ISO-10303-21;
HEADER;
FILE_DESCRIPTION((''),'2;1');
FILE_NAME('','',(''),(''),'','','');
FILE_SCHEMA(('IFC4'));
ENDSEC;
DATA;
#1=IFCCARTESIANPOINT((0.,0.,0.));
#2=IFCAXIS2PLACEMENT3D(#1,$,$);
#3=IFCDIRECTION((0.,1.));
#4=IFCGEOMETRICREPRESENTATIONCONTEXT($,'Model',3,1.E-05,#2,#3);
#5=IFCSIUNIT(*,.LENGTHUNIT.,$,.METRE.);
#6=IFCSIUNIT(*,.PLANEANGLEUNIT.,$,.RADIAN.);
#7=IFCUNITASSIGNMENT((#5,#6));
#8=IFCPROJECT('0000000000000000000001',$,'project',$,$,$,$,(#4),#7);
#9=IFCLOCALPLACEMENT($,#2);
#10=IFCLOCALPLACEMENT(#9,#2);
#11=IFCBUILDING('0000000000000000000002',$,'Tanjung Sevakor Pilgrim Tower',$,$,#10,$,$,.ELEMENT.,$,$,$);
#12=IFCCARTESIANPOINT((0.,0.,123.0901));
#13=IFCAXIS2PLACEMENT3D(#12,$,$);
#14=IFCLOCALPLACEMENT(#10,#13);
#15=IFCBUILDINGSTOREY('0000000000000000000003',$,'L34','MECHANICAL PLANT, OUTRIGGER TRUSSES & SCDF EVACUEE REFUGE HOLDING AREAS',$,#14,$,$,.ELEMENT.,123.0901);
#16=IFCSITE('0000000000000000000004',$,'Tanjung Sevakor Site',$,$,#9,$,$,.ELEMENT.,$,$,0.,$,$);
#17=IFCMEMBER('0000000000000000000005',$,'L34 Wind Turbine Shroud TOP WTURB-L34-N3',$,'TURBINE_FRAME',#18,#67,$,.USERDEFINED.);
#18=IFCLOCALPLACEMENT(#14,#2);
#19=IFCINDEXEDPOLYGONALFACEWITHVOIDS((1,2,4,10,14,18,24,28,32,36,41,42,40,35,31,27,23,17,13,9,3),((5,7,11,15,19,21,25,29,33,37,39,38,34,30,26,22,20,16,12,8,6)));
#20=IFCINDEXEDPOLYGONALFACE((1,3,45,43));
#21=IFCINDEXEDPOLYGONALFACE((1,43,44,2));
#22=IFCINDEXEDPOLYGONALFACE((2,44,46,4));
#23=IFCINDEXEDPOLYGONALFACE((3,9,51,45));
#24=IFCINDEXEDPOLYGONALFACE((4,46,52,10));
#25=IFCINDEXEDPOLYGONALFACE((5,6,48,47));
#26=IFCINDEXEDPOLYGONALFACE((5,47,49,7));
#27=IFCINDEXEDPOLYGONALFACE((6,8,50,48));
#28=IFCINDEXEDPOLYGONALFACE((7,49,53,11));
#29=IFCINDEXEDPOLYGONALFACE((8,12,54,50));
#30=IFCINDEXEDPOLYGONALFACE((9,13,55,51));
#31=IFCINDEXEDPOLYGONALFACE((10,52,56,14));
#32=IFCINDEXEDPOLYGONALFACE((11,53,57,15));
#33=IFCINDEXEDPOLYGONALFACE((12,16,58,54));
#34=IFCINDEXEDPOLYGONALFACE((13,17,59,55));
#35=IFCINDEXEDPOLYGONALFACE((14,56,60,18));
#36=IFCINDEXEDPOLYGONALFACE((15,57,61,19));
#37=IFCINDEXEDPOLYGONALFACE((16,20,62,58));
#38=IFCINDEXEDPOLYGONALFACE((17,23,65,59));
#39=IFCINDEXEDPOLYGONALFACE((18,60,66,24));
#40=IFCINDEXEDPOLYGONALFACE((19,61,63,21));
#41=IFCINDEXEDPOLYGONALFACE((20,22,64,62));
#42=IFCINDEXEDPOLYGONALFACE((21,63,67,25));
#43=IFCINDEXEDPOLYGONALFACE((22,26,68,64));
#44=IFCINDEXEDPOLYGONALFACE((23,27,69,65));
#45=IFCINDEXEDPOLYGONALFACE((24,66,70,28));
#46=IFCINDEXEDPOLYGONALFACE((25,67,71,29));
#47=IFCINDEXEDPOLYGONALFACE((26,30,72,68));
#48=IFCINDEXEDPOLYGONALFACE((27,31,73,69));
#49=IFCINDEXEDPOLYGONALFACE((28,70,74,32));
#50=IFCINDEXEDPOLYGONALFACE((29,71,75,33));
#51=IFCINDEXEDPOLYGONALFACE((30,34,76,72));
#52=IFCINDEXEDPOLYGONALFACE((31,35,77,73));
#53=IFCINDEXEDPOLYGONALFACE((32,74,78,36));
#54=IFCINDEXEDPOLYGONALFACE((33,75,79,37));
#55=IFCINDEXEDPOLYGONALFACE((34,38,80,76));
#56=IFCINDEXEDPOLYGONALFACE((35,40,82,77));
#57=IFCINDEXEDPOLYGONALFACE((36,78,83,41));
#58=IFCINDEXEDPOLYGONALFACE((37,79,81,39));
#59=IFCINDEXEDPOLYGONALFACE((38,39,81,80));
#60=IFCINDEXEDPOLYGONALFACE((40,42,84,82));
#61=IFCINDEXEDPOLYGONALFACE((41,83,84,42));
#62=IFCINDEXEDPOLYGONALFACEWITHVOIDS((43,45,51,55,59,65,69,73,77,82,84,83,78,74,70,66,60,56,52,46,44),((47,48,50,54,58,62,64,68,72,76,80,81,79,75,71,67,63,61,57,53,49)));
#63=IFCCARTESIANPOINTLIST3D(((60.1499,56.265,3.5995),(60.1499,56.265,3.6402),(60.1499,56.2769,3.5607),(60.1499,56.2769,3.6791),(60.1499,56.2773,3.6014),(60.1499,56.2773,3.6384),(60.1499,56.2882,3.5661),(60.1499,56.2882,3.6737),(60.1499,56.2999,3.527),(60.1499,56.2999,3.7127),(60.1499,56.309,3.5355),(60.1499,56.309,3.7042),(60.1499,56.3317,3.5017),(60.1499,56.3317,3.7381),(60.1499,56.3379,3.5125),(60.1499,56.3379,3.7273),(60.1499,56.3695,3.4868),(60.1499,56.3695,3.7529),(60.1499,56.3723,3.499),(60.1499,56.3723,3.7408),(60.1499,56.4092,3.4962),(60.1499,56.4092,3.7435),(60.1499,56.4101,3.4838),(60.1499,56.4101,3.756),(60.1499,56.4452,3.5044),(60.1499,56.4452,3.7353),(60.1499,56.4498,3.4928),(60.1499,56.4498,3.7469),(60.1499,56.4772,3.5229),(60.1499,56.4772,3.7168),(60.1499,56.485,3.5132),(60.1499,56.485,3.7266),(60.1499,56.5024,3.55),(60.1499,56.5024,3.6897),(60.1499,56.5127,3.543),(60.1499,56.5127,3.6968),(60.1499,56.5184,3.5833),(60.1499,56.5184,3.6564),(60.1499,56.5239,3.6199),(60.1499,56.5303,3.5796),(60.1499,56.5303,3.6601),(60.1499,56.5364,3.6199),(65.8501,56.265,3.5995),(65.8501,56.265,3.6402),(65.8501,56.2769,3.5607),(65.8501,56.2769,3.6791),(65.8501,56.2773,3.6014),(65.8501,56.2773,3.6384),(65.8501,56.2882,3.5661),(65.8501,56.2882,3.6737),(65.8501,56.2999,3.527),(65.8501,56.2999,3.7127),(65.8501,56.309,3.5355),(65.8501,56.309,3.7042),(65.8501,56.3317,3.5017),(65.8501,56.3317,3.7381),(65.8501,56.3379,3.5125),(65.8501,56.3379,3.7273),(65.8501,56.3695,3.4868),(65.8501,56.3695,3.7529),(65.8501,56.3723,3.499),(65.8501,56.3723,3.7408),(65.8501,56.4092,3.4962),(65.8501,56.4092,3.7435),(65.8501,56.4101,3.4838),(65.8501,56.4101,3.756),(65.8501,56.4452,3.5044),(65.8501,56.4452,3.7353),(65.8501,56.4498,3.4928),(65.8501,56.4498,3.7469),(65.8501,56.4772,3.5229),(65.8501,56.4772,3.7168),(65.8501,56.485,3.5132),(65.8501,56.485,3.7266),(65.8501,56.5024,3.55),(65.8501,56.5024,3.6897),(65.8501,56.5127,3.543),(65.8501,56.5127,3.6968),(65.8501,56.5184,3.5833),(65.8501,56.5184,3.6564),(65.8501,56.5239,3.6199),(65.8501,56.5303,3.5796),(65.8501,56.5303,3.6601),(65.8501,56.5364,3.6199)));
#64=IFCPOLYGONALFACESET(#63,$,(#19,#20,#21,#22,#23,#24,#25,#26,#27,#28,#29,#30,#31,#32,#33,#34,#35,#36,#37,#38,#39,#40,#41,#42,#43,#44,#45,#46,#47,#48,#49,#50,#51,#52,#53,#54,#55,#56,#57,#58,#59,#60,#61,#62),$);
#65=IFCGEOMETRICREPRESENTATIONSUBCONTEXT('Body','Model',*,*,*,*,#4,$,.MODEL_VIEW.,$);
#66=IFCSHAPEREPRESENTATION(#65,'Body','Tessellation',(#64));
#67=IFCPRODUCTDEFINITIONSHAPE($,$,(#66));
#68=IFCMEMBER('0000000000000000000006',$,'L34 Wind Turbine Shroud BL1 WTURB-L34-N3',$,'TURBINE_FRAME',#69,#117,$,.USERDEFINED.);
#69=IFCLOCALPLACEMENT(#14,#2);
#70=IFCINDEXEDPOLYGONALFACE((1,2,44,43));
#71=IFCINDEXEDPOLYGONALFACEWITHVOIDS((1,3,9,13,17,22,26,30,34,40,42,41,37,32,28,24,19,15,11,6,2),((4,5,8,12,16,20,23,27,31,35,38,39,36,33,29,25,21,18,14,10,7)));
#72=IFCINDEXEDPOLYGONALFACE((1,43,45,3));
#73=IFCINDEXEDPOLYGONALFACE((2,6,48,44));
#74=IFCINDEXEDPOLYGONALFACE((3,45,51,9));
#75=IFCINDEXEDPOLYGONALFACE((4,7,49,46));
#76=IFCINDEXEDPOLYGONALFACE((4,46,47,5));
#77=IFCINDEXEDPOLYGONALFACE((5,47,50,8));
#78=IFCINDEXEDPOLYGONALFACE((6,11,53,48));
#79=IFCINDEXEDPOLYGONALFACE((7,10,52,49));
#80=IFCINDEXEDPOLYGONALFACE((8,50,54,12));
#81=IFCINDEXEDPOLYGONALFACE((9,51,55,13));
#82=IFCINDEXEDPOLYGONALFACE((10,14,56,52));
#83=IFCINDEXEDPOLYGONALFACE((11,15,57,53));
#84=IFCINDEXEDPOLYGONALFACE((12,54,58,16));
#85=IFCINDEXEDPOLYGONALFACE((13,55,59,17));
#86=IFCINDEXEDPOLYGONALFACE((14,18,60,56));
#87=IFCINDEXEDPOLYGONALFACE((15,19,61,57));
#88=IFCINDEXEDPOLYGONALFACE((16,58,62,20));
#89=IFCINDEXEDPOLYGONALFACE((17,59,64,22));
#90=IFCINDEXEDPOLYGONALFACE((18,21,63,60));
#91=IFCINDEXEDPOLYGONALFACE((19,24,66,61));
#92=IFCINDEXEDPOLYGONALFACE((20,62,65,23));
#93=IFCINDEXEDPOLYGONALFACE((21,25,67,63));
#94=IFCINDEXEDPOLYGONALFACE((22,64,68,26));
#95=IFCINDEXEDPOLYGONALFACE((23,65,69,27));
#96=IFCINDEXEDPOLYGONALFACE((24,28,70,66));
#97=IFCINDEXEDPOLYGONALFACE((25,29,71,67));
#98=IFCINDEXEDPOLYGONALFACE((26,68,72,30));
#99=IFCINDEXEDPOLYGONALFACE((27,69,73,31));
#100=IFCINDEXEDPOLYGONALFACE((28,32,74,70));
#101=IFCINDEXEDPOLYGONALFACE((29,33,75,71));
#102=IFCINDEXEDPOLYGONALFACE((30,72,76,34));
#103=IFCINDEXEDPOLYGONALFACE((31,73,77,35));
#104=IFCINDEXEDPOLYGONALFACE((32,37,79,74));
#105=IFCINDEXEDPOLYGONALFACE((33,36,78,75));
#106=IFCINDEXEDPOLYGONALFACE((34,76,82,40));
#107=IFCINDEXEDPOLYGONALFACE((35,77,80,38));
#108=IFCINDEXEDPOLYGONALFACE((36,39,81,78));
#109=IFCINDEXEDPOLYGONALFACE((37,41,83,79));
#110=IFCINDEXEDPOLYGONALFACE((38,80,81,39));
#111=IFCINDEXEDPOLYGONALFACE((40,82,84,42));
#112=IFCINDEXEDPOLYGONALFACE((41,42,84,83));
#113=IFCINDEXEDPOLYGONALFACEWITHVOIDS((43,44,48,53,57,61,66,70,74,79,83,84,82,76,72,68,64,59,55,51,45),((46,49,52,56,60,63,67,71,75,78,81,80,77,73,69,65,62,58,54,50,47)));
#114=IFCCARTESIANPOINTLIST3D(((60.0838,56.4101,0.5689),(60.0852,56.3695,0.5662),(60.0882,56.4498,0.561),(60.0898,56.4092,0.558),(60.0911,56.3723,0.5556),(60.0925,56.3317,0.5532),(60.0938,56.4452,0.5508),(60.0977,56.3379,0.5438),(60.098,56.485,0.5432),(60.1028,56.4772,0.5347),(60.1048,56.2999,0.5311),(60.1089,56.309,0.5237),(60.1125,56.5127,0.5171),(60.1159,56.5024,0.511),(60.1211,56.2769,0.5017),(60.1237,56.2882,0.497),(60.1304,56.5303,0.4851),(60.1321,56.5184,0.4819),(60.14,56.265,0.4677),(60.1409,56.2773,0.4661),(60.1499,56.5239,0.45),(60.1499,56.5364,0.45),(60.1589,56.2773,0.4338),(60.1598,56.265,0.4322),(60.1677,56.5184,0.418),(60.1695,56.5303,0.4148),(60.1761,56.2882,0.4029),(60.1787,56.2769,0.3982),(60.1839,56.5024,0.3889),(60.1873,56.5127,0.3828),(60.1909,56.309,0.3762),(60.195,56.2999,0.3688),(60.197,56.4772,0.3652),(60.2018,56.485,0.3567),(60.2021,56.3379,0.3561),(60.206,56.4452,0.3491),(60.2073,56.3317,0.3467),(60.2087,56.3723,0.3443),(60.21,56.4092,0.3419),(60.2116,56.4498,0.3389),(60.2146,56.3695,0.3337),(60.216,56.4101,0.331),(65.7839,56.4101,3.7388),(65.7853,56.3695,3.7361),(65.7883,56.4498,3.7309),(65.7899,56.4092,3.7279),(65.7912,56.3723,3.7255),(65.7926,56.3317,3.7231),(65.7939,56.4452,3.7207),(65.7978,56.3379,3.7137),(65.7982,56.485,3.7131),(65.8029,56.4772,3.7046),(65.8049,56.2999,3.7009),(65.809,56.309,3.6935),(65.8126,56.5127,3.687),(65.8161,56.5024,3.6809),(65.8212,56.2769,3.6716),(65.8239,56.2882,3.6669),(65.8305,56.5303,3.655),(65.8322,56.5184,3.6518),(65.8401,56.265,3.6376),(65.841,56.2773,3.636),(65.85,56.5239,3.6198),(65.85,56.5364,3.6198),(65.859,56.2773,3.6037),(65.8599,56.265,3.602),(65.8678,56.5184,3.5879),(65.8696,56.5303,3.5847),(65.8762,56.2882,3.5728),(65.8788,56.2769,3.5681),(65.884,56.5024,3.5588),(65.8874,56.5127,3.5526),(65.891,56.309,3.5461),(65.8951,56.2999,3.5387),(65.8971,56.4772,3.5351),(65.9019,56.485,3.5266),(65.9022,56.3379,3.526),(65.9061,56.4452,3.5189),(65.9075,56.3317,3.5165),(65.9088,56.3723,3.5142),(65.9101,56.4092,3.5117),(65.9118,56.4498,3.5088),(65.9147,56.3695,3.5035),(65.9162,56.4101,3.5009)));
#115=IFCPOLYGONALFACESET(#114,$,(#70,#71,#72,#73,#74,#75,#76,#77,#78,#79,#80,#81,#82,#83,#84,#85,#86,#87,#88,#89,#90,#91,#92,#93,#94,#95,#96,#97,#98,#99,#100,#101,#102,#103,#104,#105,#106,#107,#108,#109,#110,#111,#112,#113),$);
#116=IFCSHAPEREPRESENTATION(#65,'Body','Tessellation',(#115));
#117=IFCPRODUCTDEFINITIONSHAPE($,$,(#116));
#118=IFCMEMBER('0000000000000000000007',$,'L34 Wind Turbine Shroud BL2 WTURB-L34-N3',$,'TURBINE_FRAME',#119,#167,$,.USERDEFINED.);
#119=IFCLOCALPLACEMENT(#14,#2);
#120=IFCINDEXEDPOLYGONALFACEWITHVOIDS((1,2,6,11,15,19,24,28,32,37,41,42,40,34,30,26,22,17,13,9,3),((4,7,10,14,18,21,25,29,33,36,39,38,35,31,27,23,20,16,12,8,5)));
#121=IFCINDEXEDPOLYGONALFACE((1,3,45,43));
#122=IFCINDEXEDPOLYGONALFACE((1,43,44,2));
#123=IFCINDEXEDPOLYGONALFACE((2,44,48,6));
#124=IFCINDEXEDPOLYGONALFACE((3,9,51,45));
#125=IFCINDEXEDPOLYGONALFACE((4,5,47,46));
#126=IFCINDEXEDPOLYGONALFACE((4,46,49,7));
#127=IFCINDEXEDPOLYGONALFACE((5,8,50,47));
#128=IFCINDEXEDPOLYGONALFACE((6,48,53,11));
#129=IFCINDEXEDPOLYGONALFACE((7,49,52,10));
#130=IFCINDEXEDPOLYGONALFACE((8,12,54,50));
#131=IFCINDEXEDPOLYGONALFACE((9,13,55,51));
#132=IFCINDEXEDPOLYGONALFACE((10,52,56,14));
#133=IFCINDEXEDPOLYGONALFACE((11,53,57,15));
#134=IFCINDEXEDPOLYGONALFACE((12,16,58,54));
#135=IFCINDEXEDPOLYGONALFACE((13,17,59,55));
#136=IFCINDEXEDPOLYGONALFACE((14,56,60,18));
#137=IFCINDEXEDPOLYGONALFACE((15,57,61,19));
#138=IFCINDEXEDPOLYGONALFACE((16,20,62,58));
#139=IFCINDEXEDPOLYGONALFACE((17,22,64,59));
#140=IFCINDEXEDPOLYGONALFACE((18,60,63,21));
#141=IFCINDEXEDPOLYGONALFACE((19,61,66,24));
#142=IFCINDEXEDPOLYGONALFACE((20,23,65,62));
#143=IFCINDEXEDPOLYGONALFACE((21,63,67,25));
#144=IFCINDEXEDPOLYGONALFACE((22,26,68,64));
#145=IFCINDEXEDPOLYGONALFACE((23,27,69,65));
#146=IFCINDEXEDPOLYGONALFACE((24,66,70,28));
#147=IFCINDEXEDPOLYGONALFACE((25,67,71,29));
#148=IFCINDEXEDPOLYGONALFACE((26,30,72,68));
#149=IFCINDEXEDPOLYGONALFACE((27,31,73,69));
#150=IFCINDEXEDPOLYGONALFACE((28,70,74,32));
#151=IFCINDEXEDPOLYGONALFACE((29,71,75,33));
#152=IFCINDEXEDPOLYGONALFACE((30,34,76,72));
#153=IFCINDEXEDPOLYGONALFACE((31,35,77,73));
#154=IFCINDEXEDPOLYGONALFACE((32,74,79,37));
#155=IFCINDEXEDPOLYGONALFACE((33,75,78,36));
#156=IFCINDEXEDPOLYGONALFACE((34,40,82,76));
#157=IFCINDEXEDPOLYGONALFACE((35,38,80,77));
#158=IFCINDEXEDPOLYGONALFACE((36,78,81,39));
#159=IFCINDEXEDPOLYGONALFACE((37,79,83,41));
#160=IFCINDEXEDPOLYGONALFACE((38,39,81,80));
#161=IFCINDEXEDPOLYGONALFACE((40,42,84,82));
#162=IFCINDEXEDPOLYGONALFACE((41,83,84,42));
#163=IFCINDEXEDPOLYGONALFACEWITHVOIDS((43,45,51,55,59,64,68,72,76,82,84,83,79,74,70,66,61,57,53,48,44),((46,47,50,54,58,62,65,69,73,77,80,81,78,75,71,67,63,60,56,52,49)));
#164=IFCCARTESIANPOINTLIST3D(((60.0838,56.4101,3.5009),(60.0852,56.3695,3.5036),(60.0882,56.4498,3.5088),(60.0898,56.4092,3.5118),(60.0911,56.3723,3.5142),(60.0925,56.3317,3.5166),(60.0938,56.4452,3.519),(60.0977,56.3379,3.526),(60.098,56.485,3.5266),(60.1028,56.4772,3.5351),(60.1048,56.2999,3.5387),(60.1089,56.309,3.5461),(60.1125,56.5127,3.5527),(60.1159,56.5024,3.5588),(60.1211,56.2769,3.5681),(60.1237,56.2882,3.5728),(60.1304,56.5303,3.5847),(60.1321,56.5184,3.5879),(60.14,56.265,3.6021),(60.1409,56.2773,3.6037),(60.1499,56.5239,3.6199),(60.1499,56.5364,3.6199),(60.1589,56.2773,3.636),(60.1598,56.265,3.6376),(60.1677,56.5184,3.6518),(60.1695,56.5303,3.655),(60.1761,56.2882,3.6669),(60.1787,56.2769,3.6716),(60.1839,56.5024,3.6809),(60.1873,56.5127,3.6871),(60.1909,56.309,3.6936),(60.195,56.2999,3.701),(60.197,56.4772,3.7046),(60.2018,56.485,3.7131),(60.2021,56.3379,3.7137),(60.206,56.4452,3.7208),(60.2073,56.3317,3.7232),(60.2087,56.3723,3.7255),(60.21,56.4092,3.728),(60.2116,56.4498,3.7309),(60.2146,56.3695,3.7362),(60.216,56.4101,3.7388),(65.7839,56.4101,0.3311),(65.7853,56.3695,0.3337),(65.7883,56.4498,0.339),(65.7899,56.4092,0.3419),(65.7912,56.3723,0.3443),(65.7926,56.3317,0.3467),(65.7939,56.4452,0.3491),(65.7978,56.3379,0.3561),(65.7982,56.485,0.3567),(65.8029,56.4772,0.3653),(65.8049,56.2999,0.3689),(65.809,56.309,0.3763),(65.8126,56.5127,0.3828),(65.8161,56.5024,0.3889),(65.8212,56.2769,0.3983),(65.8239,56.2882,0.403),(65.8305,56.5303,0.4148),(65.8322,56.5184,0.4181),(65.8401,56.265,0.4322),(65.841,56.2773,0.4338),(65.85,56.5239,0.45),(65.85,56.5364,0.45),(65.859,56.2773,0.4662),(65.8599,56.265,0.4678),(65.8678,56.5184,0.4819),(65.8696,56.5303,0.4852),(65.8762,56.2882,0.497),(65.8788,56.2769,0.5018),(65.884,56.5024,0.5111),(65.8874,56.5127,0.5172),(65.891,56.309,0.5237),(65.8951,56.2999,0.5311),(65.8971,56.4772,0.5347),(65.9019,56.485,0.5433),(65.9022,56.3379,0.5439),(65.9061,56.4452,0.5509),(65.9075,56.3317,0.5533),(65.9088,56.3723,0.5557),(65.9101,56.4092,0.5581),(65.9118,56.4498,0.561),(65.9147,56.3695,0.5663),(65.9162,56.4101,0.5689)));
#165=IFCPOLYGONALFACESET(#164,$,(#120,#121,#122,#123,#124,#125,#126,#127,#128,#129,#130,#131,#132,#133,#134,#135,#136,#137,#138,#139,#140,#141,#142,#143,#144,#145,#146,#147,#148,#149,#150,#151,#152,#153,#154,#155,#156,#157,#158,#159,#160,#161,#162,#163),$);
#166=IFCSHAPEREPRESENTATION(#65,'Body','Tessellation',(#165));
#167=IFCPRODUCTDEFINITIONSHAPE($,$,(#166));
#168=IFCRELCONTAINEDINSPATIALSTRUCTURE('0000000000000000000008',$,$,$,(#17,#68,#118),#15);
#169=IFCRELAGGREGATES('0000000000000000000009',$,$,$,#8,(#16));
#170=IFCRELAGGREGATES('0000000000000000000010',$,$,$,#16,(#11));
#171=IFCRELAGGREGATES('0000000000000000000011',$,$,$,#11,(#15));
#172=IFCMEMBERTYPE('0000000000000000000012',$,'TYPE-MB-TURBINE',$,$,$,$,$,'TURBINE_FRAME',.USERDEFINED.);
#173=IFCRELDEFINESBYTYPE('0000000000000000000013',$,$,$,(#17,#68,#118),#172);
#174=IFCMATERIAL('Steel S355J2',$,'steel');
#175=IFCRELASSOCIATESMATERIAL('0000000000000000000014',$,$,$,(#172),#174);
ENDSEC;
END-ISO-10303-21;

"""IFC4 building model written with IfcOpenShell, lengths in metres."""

from ifc_helpers import new_model, si_unit, direction, frame, origin, origin_2d, place, context, subcontext, project, spatial, hollow_circle, extrude, material, material_profile, profile_set, type_object, element, save


model = new_model("IFC4")

# Units and contexts
model_context = context("Model", 3, precision=1e-05, world=origin(), true_north=direction((0.0, 1.0)))
body_context = subcontext(model_context, "Body", "Model", "MODEL_VIEW")
ifc_project = project(units=[si_unit("LENGTHUNIT", "METRE"), si_unit("PLANEANGLEUNIT", "RADIAN")], contexts=[model_context])

# Site, building, storey
site_placement = place(None, origin())
site = spatial("IfcSite", under=ifc_project, at=site_placement, Name="Tanjung Sevakor Site", CompositionType="ELEMENT", RefElevation=0.0)
building_placement = place(site_placement, origin())
building = spatial("IfcBuilding", under=site, at=building_placement, Name="Tanjung Sevakor Pilgrim Tower", CompositionType="ELEMENT")
storey_placement = place(building_placement, frame((0.0, 0.0, 123.0901)))
storey = spatial("IfcBuildingStorey", under=building, at=storey_placement, Name="L34", Description="MECHANICAL PLANT, OUTRIGGER TRUSSES & SCDF EVACUEE REFUGE HOLDING AREAS", CompositionType="ELEMENT", Elevation=123.0901)

# Members
ifc_material_1 = material(Name="Steel S355J2", Category="steel")
ifc_material_profile_1 = material_profile(ifc_material_1, hollow_circle(Radius=0.1365, WallThickness=0.0125, at=origin_2d()))
ifc_profile_set_1 = profile_set([ifc_material_profile_1], Name="Steel S355J2")
member_type_1 = type_object("IfcMemberType", Name="TYPE-MB-TURBINE", ElementType="TURBINE_FRAME", PredefinedType="USERDEFINED", material=ifc_profile_set_1)
for number, where, z_axis, x_axis, name in (
    (1, (60.1499, 56.3999, 3.6199), (1.0, 0.0, 0.0), (0.0, 1.0, 0.0), "L34 Wind Turbine Shroud TOP WTURB-L34-N3"),
):
    element("IfcMember", number, at=place(storey_placement, frame(where, z_axis=z_axis, x_axis=x_axis)), inside=storey, type_object=member_type_1, Name=name, ObjectType="TURBINE_FRAME", PredefinedType="USERDEFINED", context=body_context, shape_type="SweptSolid", body=[
        extrude(hollow_circle(Radius=0.1365, WallThickness=0.0125, at=origin_2d()), origin(), (0.0, 0.0, 1.0), 5.7002),
    ])
for number, where, z_axis, x_axis, name in (
    (2, (60.1499, 56.3999, 0.45), (0.873952, 0.0, 0.486012), (0.0, 1.0, 0.0), "L34 Wind Turbine Shroud BL1 WTURB-L34-N3"),
    (3, (60.1499, 56.3999, 3.6199), (0.873952, 0.0, -0.486012), (0.0, 1.0, 0.0), "L34 Wind Turbine Shroud BL2 WTURB-L34-N3"),
):
    element("IfcMember", number, at=place(storey_placement, frame(where, z_axis=z_axis, x_axis=x_axis)), inside=storey, type_object=member_type_1, Name=name, ObjectType="TURBINE_FRAME", PredefinedType="USERDEFINED", context=body_context, shape_type="SweptSolid", body=[
        extrude(hollow_circle(Radius=0.1365, WallThickness=0.0125, at=origin_2d()), origin(), (0.0, 0.0, 1.0), 6.5222),
    ])

save(model, "model.ifc")
